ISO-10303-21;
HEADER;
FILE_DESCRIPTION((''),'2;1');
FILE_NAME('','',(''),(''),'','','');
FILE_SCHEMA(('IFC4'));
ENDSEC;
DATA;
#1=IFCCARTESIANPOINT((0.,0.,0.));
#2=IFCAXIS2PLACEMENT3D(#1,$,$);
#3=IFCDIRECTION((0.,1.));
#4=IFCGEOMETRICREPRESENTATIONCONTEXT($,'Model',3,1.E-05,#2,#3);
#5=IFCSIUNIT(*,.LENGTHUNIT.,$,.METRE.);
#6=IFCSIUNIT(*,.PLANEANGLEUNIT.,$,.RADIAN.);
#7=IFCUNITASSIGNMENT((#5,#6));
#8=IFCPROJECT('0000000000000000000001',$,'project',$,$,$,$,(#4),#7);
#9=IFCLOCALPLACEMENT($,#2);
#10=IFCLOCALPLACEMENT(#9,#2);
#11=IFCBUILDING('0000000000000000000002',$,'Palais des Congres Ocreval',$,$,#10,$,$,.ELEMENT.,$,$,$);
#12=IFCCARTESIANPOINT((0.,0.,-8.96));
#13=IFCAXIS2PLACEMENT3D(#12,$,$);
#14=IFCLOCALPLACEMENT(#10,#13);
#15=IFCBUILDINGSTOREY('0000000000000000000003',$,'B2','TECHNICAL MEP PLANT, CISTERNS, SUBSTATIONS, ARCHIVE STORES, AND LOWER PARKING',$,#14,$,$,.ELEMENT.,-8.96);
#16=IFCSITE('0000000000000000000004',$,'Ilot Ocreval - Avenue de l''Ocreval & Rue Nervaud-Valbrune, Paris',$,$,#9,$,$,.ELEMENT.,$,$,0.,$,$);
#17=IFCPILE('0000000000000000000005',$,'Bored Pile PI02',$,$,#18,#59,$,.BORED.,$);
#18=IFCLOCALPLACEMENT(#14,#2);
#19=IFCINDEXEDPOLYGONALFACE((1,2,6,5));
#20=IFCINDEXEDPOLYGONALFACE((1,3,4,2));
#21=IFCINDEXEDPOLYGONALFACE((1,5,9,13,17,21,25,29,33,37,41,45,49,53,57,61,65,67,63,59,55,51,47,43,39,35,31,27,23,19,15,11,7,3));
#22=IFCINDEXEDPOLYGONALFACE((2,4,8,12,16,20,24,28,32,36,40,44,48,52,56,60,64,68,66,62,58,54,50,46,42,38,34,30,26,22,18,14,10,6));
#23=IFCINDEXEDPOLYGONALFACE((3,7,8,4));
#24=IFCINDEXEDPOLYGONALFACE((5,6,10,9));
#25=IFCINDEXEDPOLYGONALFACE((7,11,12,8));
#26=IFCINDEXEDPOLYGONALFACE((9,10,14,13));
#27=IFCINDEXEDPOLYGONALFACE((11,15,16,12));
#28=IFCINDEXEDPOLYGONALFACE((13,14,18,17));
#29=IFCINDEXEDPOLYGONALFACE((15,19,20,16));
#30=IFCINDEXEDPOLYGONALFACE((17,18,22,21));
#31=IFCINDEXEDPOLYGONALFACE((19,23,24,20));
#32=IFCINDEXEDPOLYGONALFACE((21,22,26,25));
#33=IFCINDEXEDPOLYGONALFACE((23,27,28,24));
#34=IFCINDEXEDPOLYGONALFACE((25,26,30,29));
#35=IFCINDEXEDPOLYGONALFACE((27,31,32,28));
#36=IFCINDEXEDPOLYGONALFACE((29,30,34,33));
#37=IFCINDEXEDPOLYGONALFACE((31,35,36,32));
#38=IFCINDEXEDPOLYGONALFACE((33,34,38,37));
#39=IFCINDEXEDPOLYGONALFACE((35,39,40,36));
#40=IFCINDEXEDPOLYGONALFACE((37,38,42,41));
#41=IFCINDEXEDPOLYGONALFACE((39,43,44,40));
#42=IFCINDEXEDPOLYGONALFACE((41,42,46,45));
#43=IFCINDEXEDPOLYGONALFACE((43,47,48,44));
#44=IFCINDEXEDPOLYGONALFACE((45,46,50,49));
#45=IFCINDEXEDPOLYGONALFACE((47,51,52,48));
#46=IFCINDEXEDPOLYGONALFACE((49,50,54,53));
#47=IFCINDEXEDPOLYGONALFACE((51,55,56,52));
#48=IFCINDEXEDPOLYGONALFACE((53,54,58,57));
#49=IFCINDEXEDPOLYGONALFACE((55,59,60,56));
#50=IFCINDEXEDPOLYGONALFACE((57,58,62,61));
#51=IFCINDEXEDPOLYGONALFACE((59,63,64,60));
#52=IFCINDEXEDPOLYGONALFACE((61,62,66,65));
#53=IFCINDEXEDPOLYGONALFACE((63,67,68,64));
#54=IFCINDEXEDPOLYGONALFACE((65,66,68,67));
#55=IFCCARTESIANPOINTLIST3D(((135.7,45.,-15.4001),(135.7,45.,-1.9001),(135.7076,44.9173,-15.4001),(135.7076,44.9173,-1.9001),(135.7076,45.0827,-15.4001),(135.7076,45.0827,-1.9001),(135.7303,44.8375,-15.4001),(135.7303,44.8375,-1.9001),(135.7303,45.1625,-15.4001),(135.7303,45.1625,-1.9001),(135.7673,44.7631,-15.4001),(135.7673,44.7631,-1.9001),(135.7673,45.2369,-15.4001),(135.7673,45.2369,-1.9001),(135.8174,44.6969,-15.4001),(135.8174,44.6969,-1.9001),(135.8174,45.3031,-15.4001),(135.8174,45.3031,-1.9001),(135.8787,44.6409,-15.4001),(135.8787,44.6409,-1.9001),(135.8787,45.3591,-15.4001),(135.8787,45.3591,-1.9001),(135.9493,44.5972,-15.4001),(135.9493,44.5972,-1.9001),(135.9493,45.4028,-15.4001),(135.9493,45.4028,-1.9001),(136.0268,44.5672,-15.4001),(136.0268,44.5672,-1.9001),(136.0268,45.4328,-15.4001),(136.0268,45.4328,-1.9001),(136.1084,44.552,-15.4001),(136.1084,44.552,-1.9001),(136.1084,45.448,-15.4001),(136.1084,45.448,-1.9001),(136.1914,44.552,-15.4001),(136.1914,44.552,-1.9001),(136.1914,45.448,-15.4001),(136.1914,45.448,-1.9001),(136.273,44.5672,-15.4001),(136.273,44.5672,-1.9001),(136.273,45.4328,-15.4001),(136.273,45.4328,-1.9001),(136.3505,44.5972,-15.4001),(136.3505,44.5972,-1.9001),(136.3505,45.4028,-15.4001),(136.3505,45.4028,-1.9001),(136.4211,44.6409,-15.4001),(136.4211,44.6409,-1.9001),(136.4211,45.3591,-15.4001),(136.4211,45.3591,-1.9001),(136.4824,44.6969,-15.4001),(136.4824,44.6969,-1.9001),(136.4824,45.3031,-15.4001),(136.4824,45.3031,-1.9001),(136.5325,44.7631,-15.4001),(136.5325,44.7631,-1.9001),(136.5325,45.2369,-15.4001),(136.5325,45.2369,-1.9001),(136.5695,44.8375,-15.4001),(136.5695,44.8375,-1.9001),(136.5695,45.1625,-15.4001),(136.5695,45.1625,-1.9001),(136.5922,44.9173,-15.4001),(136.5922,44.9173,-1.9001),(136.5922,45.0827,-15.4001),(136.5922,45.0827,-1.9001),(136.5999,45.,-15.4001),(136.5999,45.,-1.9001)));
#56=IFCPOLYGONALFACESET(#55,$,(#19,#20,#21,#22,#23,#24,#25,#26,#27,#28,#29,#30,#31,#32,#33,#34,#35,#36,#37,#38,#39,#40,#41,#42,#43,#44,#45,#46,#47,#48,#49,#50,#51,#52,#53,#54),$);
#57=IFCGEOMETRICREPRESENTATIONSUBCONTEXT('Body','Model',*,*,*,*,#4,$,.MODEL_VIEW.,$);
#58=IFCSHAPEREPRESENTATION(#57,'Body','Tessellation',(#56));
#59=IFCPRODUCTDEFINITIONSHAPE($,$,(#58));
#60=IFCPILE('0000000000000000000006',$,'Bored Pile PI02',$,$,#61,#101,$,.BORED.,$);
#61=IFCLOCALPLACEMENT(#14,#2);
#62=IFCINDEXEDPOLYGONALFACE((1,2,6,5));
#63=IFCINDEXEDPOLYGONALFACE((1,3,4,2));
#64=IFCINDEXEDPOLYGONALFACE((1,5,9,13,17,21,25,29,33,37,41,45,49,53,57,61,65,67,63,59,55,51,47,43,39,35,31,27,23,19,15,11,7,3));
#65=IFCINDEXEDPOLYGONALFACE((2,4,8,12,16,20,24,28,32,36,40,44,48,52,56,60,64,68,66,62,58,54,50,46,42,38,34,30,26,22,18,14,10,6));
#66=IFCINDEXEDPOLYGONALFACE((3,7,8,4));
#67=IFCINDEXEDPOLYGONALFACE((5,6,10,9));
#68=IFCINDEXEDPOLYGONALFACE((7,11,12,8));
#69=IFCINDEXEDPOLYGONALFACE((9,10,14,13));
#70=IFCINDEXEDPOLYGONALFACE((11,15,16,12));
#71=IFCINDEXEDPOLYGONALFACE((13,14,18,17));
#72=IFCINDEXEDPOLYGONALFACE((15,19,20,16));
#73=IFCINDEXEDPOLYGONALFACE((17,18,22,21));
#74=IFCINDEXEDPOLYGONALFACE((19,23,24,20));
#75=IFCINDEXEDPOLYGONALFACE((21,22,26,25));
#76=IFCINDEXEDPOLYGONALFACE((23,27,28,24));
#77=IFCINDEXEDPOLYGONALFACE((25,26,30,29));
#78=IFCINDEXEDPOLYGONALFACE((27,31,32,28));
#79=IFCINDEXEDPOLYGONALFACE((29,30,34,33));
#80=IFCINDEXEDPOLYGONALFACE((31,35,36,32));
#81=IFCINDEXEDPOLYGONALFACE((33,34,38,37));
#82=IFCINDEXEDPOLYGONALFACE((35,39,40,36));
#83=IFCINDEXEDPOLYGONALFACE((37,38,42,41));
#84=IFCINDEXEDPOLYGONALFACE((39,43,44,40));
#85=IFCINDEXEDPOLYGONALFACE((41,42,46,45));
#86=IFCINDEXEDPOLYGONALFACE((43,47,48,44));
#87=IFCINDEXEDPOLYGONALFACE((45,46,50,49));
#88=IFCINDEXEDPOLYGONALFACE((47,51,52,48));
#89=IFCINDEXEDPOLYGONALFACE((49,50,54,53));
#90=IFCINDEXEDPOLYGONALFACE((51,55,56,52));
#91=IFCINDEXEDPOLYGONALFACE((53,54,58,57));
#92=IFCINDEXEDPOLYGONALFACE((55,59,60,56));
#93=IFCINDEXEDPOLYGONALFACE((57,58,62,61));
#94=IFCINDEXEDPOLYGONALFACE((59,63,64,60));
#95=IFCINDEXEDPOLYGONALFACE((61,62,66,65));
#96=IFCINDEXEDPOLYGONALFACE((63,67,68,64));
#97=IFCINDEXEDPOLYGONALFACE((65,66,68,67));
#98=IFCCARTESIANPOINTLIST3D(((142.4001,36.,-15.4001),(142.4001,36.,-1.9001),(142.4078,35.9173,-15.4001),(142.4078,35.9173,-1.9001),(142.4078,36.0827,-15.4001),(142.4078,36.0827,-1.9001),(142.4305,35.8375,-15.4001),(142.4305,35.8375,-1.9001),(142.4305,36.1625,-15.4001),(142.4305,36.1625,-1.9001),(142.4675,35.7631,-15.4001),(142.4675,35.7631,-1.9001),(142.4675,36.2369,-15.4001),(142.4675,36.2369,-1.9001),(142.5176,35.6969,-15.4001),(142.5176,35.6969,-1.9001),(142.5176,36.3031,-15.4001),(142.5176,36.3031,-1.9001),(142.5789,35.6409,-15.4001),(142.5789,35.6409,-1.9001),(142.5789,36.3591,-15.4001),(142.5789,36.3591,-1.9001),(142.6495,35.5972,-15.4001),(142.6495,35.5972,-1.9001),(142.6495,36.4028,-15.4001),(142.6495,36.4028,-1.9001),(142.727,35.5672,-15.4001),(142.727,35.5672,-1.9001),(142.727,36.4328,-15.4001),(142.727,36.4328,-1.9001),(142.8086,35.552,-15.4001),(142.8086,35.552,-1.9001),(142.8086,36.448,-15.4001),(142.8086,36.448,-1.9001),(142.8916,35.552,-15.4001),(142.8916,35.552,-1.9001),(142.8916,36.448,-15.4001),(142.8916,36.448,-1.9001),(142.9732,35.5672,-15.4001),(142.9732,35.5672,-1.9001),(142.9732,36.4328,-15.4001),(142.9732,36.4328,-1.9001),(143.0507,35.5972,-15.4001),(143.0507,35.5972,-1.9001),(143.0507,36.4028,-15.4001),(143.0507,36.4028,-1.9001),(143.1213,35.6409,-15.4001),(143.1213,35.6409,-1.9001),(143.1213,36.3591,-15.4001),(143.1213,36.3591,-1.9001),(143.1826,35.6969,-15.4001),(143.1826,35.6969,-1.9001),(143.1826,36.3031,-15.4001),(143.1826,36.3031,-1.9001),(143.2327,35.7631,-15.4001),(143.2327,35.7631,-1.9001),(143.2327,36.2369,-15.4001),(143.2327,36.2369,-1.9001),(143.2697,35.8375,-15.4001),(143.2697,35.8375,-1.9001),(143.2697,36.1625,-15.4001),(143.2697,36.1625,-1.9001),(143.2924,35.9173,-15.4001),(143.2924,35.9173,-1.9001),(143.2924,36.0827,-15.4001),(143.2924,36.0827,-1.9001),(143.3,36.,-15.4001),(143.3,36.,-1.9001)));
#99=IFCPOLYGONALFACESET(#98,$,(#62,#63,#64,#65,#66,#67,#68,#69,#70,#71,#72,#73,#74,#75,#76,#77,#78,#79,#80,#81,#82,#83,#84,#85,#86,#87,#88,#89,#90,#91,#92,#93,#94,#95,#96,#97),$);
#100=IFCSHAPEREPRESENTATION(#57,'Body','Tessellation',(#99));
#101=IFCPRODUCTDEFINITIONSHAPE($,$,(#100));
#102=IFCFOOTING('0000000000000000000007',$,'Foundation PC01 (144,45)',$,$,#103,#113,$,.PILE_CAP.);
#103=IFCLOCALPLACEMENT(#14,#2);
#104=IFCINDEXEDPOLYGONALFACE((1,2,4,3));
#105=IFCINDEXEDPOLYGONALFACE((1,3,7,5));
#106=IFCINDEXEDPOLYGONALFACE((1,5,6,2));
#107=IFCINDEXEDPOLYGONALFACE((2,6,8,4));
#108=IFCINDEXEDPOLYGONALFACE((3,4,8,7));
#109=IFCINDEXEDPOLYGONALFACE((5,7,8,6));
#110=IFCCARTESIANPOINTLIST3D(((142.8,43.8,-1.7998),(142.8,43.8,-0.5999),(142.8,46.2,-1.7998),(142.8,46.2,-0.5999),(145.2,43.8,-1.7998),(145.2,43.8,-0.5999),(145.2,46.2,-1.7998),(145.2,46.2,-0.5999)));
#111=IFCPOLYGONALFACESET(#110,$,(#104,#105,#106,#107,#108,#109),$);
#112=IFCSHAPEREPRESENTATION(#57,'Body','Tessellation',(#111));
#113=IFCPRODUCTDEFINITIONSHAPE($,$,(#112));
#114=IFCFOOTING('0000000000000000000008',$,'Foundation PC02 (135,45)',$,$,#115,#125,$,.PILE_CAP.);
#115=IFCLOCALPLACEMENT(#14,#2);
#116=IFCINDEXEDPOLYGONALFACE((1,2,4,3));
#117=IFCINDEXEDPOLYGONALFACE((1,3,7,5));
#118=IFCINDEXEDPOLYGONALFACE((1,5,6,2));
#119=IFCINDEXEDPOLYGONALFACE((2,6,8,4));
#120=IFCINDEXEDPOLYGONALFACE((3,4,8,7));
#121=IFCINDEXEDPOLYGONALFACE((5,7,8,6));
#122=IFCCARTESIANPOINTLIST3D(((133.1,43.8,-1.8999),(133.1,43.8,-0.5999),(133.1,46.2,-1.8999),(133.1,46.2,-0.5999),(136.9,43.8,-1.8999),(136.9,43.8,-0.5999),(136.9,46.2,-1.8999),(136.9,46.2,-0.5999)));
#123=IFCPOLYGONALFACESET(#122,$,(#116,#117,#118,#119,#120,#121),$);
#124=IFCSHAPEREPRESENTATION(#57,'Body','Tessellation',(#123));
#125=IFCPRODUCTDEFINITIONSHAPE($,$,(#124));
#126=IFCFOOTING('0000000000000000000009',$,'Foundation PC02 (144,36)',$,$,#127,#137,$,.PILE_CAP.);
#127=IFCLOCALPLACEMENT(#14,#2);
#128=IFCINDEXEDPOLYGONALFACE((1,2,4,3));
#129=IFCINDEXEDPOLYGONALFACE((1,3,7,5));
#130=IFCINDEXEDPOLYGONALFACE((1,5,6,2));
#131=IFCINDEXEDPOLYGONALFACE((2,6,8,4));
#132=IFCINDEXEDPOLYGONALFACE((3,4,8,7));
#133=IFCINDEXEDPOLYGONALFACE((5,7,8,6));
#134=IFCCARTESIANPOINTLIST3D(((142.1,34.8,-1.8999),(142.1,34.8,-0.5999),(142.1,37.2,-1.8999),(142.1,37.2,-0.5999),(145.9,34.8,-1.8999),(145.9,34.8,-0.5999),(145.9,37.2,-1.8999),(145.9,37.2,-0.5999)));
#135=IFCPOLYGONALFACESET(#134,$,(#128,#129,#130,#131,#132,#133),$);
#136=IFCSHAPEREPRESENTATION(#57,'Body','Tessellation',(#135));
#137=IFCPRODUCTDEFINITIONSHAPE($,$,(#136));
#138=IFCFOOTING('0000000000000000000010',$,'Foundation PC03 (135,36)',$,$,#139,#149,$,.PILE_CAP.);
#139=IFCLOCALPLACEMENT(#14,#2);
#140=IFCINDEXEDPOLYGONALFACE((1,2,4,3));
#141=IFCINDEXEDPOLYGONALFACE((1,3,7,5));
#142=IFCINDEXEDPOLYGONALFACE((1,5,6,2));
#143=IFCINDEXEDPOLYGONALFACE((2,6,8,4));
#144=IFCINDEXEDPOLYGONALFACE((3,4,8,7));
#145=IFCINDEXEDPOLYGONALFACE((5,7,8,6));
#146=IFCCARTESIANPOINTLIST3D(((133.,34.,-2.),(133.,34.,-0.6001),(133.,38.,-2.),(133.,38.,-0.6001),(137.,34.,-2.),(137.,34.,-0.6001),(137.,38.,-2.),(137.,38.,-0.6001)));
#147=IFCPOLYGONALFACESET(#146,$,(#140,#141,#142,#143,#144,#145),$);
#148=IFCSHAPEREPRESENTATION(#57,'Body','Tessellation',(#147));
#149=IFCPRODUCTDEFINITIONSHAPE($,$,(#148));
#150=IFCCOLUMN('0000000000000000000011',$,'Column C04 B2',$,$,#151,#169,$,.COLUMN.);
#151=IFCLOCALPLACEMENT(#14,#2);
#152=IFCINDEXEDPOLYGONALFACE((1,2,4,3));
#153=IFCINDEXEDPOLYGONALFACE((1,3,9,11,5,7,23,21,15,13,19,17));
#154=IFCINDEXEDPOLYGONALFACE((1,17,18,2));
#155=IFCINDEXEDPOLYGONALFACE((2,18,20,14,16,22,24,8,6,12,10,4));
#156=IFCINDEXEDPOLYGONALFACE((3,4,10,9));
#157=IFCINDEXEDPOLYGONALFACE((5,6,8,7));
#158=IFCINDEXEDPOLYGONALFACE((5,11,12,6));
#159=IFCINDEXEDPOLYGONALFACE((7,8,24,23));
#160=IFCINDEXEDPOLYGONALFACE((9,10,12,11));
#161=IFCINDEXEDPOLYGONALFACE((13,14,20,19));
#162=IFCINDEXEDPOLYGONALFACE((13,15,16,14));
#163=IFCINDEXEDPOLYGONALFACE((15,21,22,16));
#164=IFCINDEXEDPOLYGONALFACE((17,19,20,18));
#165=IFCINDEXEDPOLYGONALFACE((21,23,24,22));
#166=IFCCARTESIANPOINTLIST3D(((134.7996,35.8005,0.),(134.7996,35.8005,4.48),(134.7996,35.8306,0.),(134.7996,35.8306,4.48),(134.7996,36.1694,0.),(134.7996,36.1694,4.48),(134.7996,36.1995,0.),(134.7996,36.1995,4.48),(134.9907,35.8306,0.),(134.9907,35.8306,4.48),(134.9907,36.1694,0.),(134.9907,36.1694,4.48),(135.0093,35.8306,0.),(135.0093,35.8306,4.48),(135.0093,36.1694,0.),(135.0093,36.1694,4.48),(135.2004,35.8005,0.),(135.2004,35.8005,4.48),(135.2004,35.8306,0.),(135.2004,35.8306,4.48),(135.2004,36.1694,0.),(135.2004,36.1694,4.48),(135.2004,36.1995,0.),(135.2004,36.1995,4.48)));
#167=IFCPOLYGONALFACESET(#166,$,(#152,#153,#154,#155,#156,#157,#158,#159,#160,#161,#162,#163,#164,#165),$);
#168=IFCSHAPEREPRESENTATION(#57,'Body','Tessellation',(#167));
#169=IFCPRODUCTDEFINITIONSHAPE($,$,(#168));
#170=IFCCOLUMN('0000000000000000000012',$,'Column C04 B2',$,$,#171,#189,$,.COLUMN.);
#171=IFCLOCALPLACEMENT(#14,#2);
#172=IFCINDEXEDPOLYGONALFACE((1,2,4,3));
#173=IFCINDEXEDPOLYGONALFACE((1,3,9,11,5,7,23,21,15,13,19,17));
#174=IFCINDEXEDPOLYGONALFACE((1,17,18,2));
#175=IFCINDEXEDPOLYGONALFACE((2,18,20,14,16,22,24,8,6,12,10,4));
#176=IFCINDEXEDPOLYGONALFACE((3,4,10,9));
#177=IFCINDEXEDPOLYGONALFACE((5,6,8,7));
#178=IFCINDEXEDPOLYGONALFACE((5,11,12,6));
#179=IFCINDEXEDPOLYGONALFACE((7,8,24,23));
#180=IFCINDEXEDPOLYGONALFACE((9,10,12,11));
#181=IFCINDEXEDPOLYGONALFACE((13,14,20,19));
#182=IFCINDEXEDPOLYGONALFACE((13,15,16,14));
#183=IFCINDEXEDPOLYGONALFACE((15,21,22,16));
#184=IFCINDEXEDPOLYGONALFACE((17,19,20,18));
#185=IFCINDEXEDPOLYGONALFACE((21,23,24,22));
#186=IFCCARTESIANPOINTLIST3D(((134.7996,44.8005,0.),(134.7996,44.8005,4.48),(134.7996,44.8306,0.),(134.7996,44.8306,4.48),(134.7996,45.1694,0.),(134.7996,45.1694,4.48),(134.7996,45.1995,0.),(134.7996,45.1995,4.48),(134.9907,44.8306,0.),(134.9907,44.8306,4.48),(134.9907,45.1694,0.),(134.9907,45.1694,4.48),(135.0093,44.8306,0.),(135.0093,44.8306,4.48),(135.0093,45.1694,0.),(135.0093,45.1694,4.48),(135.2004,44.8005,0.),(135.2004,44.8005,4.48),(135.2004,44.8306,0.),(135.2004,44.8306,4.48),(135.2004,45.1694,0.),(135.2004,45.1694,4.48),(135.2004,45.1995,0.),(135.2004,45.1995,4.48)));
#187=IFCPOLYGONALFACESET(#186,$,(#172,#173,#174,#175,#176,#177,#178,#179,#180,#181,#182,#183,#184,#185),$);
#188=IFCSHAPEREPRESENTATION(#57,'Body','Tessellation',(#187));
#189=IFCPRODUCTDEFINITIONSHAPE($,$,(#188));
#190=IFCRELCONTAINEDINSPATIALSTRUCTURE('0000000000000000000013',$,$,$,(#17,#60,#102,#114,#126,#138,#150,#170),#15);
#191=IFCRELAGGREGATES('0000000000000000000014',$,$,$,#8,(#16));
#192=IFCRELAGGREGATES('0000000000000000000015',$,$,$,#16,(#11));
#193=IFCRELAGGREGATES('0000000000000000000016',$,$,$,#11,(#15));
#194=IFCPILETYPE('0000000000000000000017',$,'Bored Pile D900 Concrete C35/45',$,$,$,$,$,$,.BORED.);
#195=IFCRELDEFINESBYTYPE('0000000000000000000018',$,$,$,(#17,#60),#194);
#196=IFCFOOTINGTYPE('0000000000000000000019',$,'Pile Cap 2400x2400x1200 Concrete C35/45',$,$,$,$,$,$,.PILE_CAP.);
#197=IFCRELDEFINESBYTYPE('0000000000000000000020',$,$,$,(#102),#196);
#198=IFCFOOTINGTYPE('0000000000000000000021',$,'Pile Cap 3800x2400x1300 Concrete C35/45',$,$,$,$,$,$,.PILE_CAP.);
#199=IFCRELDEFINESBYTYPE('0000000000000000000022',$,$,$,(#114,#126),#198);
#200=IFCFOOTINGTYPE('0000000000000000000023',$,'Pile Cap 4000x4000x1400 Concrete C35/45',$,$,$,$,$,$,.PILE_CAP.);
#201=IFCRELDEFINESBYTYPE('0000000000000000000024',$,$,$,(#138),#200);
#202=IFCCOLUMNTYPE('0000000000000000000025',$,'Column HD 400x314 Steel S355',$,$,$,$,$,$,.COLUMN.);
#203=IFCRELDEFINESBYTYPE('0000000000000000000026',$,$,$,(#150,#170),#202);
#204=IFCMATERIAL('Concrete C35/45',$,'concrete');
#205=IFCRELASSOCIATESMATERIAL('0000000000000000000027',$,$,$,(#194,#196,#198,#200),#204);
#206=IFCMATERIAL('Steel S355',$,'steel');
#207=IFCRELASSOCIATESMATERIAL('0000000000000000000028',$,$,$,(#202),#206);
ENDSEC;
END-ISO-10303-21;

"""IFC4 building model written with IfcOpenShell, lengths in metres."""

from ifc_helpers import new_model, si_unit, direction, frame, origin, origin_2d, place, context, subcontext, project, spatial, rectangle, circle, i_section, extrude, material, material_profile, profile_set, type_object, element, save


model = new_model("IFC4")

# Units and contexts
model_context = context("Model", 3, precision=1e-05, world=origin(), true_north=direction((0.0, 1.0)))
body_context = subcontext(model_context, "Body", "Model", "MODEL_VIEW")
ifc_project = project(units=[si_unit("LENGTHUNIT", "METRE"), si_unit("PLANEANGLEUNIT", "RADIAN")], contexts=[model_context])

# Site, building, storey
site_placement = place(None, origin())
site = spatial("IfcSite", under=ifc_project, at=site_placement, Name="Ilot Ocreval - Avenue de l'Ocreval & Rue Nervaud-Valbrune, Paris", CompositionType="ELEMENT", RefElevation=0.0)
building_placement = place(site_placement, origin())
building = spatial("IfcBuilding", under=site, at=building_placement, Name="Palais des Congres Ocreval", CompositionType="ELEMENT")
storey_placement = place(building_placement, frame((0.0, 0.0, -8.96)))
storey = spatial("IfcBuildingStorey", under=building, at=storey_placement, Name="B2", Description="TECHNICAL MEP PLANT, CISTERNS, SUBSTATIONS, ARCHIVE STORES, AND LOWER PARKING", CompositionType="ELEMENT", Elevation=-8.96)

# Piles
ifc_material_1 = material(Name="Concrete C35/45", Category="concrete")
ifc_material_profile_1 = material_profile(ifc_material_1, circle(Radius=0.45, at=origin_2d()), Name="BORED PILE 900")
ifc_profile_set_1 = profile_set([ifc_material_profile_1], Name="Concrete C35/45")
pile_type_1 = type_object("IfcPileType", Name="Bored Pile D900 Concrete C35/45", PredefinedType="BORED", material=ifc_profile_set_1)
for number, where, z_axis, x_axis, name in (
    (1, (136.1499, 45.0, -1.9001), (0.0, 0.0, -1.0), (1.0, 0.0, 0.0), "Bored Pile PI02"),
    (2, (142.8501, 36.0, -1.9001), (0.0, 0.0, -1.0), (1.0, 0.0, 0.0), "Bored Pile PI02"),
):
    element("IfcPile", number, at=place(storey_placement, frame(where, z_axis=z_axis, x_axis=x_axis)), inside=storey, type_object=pile_type_1, Name=name, PredefinedType="BORED", context=body_context, shape_type="SweptSolid", body=[
        extrude(circle(Radius=0.45, at=origin_2d()), origin(), (0.0, 0.0, 1.0), 13.5),
    ])

# Footings
footing_type_1 = type_object("IfcFootingType", Name="Pile Cap 2400x2400x1200 Concrete C35/45", PredefinedType="PILE_CAP", material=ifc_material_1)
footing_1_placement = place(storey_placement, frame((144.0, 45.0, -1.7998), z_axis=(0.0, 0.0, 1.0), x_axis=(1.0, 0.0, 0.0)))
element("IfcFooting", 3, at=footing_1_placement, inside=storey, type_object=footing_type_1, Name="Foundation PC01 (144,45)", PredefinedType="PILE_CAP", context=body_context, shape_type="SweptSolid", body=[
    extrude(rectangle(XDim=2.3999, YDim=2.3999, at=origin_2d()), origin(), (0.0, 0.0, 1.0), 1.2),
])
footing_type_2 = type_object("IfcFootingType", Name="Pile Cap 3800x2400x1300 Concrete C35/45", PredefinedType="PILE_CAP", material=ifc_material_1)
for number, where, z_axis, x_axis, name in (
    (4, (135.0, 45.0, -1.8999), (0.0, 0.0, 1.0), (1.0, 0.0, 0.0), "Foundation PC02 (135,45)"),
    (5, (144.0, 36.0, -1.8999), (0.0, 0.0, 1.0), (1.0, 0.0, 0.0), "Foundation PC02 (144,36)"),
):
    element("IfcFooting", number, at=place(storey_placement, frame(where, z_axis=z_axis, x_axis=x_axis)), inside=storey, type_object=footing_type_2, Name=name, PredefinedType="PILE_CAP", context=body_context, shape_type="SweptSolid", body=[
        extrude(rectangle(XDim=3.8, YDim=2.3999, at=origin_2d()), origin(), (0.0, 0.0, 1.0), 1.3),
    ])
footing_type_3 = type_object("IfcFootingType", Name="Pile Cap 4000x4000x1400 Concrete C35/45", PredefinedType="PILE_CAP", material=ifc_material_1)
footing_2_placement = place(storey_placement, frame((135.0, 36.0, -2.0), z_axis=(0.0, 0.0, 1.0), x_axis=(1.0, 0.0, 0.0)))
element("IfcFooting", 6, at=footing_2_placement, inside=storey, type_object=footing_type_3, Name="Foundation PC03 (135,36)", PredefinedType="PILE_CAP", context=body_context, shape_type="SweptSolid", body=[
    extrude(rectangle(XDim=4.0, YDim=4.0, at=origin_2d()), origin(), (0.0, 0.0, 1.0), 1.3999),
])

# Columns
ifc_material_2 = material(Name="Steel S355", Category="steel")
ifc_material_profile_2 = material_profile(ifc_material_2, i_section(OverallWidth=0.4009, OverallDepth=0.3989, WebThickness=0.0186, FlangeThickness=0.03, at=origin_2d()), Name="HD 400x314")
ifc_profile_set_2 = profile_set([ifc_material_profile_2], Name="Steel S355")
column_type = type_object("IfcColumnType", Name="Column HD 400x314 Steel S355", PredefinedType="COLUMN", material=ifc_profile_set_2)
for number, where, z_axis, x_axis, name in (
    (7, (135.0, 36.0, 0.0), (0.0, 0.0, 1.0), (1.0, 0.0, 0.0), "Column C04 B2"),
    (8, (135.0, 45.0, 0.0), (0.0, 0.0, 1.0), (1.0, 0.0, 0.0), "Column C04 B2"),
):
    element("IfcColumn", number, at=place(storey_placement, frame(where, z_axis=z_axis, x_axis=x_axis)), inside=storey, type_object=column_type, Name=name, PredefinedType="COLUMN", context=body_context, shape_type="SweptSolid", body=[
        extrude(i_section(OverallWidth=0.4009, OverallDepth=0.3989, WebThickness=0.0186, FlangeThickness=0.03, at=origin_2d()), origin(), (0.0, 0.0, 1.0), 4.48),
    ])

save(model, "model.ifc")
